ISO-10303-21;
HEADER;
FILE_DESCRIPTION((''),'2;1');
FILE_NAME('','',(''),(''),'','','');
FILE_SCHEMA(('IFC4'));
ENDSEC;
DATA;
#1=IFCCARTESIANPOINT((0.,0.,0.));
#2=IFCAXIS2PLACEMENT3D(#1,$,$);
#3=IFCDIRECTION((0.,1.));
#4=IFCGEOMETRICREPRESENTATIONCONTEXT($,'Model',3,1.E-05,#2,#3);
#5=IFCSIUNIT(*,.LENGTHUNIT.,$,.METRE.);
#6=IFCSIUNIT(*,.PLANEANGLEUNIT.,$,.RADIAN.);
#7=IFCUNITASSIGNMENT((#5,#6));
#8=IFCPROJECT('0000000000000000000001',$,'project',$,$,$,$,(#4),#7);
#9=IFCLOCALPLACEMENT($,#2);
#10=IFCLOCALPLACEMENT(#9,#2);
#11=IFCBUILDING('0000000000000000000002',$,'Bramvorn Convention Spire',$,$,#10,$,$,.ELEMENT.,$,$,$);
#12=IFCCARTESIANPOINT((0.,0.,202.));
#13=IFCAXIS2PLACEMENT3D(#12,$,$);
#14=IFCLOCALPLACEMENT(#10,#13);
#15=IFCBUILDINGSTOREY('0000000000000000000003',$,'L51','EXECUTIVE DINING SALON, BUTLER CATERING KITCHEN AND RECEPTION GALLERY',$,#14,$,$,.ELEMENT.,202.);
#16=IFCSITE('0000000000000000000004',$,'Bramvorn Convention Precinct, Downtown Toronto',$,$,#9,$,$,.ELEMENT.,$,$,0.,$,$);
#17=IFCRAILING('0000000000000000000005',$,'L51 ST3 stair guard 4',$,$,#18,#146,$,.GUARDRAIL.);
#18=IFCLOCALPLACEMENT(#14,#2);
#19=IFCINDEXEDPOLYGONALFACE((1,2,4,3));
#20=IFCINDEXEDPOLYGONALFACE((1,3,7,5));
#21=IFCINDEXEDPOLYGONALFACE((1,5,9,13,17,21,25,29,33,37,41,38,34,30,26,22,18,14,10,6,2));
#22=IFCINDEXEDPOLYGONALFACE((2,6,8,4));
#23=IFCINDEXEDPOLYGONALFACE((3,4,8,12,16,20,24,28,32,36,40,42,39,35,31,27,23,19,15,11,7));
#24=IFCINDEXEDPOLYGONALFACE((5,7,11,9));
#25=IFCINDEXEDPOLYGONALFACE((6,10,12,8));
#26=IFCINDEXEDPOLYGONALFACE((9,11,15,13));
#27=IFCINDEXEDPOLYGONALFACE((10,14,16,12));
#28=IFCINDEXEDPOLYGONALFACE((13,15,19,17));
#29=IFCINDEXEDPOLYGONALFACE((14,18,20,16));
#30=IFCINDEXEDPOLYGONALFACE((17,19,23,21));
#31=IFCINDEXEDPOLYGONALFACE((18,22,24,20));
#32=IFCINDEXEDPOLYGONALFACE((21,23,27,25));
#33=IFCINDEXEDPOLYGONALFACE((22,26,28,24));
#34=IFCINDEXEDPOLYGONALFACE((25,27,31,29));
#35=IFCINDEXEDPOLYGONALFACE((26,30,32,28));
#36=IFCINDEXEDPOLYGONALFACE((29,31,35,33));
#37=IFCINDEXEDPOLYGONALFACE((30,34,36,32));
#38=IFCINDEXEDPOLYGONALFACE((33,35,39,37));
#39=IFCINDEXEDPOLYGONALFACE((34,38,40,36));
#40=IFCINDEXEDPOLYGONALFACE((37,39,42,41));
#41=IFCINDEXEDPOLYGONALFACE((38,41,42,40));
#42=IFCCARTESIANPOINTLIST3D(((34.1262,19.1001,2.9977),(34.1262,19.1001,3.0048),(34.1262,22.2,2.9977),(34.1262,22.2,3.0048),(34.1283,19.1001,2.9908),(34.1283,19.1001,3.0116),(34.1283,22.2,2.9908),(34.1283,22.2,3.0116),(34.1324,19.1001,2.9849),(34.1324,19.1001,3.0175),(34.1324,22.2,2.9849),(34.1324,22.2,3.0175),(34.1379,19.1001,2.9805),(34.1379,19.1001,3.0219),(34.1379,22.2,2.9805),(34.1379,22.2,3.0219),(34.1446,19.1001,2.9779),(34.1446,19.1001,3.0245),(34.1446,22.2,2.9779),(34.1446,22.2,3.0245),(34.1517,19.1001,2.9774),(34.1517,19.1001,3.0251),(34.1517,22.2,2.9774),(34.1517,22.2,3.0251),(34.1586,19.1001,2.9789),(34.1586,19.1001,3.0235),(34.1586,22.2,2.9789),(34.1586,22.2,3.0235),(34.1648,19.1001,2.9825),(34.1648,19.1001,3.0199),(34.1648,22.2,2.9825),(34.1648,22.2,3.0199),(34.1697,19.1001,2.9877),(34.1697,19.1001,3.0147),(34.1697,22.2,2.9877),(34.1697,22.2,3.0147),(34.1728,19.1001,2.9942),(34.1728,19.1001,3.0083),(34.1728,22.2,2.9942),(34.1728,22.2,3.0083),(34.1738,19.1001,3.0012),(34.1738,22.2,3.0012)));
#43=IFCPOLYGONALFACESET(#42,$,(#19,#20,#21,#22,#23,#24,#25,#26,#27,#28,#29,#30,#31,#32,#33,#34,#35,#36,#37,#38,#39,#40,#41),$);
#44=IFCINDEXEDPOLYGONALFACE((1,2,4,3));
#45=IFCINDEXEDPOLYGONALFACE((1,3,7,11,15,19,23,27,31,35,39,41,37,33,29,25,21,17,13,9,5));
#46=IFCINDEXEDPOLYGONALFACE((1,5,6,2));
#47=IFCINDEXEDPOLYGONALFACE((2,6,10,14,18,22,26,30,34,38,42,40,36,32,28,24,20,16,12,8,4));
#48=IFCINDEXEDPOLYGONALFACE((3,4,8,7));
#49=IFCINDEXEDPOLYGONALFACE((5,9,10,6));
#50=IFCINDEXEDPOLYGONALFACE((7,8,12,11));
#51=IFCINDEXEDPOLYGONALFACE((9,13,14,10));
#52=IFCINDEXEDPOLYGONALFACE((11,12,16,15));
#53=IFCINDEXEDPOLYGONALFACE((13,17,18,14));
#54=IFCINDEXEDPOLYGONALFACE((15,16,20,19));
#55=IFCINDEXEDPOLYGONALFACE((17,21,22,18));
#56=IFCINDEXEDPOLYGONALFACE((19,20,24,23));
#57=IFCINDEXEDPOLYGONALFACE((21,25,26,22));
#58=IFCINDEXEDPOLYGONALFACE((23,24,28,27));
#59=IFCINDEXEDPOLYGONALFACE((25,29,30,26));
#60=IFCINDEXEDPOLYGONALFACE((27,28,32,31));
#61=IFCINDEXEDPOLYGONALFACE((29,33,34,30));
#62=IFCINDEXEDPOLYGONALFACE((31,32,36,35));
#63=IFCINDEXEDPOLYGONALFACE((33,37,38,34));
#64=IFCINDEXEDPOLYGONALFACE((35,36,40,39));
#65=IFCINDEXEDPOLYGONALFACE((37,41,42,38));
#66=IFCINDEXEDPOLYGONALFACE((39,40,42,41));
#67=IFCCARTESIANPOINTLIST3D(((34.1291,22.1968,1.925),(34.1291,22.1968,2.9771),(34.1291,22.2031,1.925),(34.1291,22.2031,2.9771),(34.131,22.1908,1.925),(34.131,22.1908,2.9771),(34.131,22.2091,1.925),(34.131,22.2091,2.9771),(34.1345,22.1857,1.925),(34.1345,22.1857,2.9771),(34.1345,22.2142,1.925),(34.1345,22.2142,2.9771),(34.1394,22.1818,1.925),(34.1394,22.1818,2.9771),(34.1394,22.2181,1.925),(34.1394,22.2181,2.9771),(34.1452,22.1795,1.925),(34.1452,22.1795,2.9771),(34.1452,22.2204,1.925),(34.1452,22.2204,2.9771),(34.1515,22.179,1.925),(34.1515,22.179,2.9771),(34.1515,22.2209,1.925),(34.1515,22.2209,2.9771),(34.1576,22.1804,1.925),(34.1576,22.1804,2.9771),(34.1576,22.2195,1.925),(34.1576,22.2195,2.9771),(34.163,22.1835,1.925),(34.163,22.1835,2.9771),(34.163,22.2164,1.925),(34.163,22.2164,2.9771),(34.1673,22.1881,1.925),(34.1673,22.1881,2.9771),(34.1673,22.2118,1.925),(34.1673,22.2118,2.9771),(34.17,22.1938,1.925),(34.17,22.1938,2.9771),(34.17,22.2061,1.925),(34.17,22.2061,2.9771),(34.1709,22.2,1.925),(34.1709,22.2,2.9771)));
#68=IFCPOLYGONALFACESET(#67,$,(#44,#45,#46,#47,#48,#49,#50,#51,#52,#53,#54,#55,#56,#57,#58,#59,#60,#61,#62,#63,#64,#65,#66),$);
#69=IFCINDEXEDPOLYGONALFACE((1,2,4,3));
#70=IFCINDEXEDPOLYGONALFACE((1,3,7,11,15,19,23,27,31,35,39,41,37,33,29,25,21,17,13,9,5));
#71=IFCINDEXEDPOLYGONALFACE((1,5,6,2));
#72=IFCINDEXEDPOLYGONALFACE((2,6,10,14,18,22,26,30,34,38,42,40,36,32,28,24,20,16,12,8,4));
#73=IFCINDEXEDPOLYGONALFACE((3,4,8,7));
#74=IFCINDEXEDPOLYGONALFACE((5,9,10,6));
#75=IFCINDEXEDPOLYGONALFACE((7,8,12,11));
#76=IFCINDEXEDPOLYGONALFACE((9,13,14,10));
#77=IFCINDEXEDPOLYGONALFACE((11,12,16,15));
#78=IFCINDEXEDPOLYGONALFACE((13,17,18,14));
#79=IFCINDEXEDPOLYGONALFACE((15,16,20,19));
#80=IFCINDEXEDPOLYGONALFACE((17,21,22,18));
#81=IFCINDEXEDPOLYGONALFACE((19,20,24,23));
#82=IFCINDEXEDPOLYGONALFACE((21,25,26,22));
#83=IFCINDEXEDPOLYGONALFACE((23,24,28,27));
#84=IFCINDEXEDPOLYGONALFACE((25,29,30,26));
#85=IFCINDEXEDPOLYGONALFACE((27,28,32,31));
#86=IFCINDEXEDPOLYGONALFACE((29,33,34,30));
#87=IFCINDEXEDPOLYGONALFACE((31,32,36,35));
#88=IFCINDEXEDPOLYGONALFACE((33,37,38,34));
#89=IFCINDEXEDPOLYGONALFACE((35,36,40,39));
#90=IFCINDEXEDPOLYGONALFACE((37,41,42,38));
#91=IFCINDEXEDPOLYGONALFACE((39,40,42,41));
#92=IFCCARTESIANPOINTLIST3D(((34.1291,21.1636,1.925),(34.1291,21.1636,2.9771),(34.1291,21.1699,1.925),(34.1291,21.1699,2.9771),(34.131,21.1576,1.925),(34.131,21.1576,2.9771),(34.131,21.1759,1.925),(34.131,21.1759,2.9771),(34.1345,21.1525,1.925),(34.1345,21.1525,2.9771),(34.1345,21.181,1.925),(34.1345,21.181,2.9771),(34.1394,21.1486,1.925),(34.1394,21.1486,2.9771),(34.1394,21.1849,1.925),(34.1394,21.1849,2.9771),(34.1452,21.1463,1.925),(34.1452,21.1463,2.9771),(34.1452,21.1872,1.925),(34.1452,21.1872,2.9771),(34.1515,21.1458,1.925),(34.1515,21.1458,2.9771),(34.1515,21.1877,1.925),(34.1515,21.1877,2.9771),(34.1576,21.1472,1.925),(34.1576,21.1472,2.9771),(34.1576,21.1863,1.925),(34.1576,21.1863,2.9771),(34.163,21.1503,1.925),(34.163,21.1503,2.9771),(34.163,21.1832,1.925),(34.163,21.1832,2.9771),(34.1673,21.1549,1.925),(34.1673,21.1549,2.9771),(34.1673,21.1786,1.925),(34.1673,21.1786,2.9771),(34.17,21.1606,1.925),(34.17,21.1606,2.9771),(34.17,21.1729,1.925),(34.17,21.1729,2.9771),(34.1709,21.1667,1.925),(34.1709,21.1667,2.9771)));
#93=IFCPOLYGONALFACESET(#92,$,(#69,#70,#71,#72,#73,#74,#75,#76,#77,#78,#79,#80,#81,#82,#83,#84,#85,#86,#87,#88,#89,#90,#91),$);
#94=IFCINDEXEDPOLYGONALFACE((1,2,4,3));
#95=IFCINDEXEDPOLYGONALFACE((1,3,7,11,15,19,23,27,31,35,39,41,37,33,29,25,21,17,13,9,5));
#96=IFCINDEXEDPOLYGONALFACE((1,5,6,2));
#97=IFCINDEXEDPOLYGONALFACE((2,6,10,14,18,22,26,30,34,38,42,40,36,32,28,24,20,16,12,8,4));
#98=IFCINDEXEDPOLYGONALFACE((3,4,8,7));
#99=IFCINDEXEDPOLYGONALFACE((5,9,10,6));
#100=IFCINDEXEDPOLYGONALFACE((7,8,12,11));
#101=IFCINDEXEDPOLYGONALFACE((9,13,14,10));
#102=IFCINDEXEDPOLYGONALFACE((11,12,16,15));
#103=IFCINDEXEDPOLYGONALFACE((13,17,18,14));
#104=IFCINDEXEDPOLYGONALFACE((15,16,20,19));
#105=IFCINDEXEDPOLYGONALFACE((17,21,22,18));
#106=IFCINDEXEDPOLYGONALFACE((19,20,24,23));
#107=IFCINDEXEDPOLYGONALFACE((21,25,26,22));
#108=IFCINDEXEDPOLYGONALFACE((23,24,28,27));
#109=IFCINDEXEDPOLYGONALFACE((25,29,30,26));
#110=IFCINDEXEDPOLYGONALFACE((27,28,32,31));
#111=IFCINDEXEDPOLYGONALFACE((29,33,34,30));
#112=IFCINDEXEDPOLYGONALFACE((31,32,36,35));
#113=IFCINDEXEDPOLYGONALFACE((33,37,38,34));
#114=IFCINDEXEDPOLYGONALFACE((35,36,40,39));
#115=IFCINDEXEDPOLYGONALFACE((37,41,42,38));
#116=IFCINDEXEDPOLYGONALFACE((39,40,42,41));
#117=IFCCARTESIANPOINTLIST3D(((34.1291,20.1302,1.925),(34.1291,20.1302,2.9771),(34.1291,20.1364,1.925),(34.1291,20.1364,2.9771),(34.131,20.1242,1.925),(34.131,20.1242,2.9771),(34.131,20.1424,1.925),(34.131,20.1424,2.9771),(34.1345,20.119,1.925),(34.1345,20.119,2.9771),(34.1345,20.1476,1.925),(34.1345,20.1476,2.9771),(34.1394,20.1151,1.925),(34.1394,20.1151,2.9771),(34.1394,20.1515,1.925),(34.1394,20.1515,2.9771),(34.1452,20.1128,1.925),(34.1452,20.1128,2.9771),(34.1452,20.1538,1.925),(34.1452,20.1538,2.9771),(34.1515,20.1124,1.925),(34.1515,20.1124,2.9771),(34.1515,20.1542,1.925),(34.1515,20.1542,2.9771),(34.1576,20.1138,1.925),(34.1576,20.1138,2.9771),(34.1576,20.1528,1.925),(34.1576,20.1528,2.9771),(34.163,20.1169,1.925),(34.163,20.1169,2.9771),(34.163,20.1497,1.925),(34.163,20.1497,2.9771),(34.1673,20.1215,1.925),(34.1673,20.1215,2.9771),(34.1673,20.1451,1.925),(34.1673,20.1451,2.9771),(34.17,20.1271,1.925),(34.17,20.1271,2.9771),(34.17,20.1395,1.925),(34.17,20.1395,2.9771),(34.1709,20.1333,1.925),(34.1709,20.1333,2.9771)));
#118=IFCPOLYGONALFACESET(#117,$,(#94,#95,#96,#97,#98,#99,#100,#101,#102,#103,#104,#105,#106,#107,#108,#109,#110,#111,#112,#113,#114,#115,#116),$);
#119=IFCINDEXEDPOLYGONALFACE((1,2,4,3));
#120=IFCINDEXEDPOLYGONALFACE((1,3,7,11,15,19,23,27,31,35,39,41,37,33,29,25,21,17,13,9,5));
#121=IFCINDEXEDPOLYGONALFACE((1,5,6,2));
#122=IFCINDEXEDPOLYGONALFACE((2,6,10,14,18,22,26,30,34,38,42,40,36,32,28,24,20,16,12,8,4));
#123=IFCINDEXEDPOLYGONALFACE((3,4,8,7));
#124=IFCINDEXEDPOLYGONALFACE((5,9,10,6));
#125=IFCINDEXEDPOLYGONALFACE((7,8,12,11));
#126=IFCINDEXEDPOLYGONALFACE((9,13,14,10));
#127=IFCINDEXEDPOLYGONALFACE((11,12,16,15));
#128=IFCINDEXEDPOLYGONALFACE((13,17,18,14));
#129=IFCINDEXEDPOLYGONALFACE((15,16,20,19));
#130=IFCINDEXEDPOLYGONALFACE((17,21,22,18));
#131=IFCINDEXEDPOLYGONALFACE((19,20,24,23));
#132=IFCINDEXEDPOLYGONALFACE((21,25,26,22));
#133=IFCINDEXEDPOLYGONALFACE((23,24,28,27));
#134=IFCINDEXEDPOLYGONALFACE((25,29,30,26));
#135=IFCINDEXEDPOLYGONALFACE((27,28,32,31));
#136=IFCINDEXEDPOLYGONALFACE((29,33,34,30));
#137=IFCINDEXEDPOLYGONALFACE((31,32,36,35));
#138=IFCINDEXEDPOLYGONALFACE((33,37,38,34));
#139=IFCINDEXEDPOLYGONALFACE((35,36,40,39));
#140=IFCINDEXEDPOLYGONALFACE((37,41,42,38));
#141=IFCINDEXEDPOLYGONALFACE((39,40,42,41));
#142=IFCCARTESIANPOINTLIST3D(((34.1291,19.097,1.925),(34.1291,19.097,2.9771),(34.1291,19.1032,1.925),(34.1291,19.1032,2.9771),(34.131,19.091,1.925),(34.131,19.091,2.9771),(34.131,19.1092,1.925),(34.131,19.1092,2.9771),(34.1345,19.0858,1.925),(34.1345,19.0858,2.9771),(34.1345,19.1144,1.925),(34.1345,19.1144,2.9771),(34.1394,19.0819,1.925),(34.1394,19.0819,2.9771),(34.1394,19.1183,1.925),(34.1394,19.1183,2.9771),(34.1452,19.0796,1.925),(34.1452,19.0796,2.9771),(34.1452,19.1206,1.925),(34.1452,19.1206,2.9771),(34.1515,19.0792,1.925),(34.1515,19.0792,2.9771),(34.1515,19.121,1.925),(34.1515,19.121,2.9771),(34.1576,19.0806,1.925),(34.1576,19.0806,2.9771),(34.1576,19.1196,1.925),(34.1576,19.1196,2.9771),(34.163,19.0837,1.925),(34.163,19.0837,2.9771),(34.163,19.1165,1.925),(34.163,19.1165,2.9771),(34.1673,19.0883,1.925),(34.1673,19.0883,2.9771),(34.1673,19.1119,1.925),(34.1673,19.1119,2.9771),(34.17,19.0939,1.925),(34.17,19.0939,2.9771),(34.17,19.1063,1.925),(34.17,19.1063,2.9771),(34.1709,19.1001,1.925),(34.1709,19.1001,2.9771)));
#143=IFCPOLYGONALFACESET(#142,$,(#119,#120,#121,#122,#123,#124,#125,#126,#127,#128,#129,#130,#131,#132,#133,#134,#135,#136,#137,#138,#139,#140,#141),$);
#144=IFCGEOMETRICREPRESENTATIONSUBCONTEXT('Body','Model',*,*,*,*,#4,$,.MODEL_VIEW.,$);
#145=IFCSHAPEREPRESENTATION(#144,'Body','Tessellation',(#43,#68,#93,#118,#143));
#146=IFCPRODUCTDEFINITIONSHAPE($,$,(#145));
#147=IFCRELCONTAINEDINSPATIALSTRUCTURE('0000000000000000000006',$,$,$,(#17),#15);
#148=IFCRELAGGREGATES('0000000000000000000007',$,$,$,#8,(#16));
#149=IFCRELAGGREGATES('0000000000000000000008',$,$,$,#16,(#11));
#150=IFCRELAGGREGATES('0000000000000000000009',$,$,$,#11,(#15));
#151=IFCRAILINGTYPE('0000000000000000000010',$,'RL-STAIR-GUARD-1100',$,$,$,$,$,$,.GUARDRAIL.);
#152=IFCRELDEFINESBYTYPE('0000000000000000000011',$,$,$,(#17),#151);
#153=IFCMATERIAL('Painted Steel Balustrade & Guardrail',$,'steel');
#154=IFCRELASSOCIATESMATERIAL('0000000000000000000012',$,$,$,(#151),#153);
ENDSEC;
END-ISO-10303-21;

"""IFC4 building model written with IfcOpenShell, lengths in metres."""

from ifc_helpers import new_model, si_unit, direction, frame, origin, origin_2d, place, context, subcontext, project, spatial, circle, extrude, material, type_object, element, save


model = new_model("IFC4")

# Units and contexts
model_context = context("Model", 3, precision=1e-05, world=origin(), true_north=direction((0.0, 1.0)))
body_context = subcontext(model_context, "Body", "Model", "MODEL_VIEW")
ifc_project = project(units=[si_unit("LENGTHUNIT", "METRE"), si_unit("PLANEANGLEUNIT", "RADIAN")], contexts=[model_context])

# Site, building, storey
site_placement = place(None, origin())
site = spatial("IfcSite", under=ifc_project, at=site_placement, Name="Bramvorn Convention Precinct, Downtown Toronto", CompositionType="ELEMENT", RefElevation=0.0)
building_placement = place(site_placement, origin())
building = spatial("IfcBuilding", under=site, at=building_placement, Name="Bramvorn Convention Spire", CompositionType="ELEMENT")
storey_placement = place(building_placement, frame((0.0, 0.0, 202.0)))
storey = spatial("IfcBuildingStorey", under=building, at=storey_placement, Name="L51", Description="EXECUTIVE DINING SALON, BUTLER CATERING KITCHEN AND RECEPTION GALLERY", CompositionType="ELEMENT", Elevation=202.0)

# Railing
ifc_material_1 = material(Name="Painted Steel Balustrade & Guardrail", Category="steel")
railing_type_1 = type_object("IfcRailingType", Name="RL-STAIR-GUARD-1100", PredefinedType="GUARDRAIL", material=ifc_material_1)
railing_1_placement = place(storey_placement, frame((34.1499, 22.2, 1.925)))
element("IfcRailing", 1, at=railing_1_placement, inside=storey, type_object=railing_type_1, Name="L51 ST3 stair guard 4", PredefinedType="GUARDRAIL", context=body_context, shape_type="SweptSolid", body=[
    extrude(circle(Radius=0.0239, at=origin_2d()), frame((0.0, 0.0, 1.0762), z_axis=(0.0, -1.0, 0.0), x_axis=(1.0, 0.0, 0.0)), (0.0, 0.0, 1.0), 3.0999),
    extrude(circle(Radius=0.021, at=origin_2d()), origin(), (0.0, 0.0, 1.0), 1.052),
    extrude(circle(Radius=0.021, at=origin_2d()), frame((0.0, -1.0332, 0.0)), (0.0, 0.0, 1.0), 1.052),
    extrude(circle(Radius=0.021, at=origin_2d()), frame((0.0, -2.0667, 0.0)), (0.0, 0.0, 1.0), 1.052),
    extrude(circle(Radius=0.021, at=origin_2d()), frame((0.0, -3.0999, 0.0)), (0.0, 0.0, 1.0), 1.052),
])

save(model, "model.ifc")
